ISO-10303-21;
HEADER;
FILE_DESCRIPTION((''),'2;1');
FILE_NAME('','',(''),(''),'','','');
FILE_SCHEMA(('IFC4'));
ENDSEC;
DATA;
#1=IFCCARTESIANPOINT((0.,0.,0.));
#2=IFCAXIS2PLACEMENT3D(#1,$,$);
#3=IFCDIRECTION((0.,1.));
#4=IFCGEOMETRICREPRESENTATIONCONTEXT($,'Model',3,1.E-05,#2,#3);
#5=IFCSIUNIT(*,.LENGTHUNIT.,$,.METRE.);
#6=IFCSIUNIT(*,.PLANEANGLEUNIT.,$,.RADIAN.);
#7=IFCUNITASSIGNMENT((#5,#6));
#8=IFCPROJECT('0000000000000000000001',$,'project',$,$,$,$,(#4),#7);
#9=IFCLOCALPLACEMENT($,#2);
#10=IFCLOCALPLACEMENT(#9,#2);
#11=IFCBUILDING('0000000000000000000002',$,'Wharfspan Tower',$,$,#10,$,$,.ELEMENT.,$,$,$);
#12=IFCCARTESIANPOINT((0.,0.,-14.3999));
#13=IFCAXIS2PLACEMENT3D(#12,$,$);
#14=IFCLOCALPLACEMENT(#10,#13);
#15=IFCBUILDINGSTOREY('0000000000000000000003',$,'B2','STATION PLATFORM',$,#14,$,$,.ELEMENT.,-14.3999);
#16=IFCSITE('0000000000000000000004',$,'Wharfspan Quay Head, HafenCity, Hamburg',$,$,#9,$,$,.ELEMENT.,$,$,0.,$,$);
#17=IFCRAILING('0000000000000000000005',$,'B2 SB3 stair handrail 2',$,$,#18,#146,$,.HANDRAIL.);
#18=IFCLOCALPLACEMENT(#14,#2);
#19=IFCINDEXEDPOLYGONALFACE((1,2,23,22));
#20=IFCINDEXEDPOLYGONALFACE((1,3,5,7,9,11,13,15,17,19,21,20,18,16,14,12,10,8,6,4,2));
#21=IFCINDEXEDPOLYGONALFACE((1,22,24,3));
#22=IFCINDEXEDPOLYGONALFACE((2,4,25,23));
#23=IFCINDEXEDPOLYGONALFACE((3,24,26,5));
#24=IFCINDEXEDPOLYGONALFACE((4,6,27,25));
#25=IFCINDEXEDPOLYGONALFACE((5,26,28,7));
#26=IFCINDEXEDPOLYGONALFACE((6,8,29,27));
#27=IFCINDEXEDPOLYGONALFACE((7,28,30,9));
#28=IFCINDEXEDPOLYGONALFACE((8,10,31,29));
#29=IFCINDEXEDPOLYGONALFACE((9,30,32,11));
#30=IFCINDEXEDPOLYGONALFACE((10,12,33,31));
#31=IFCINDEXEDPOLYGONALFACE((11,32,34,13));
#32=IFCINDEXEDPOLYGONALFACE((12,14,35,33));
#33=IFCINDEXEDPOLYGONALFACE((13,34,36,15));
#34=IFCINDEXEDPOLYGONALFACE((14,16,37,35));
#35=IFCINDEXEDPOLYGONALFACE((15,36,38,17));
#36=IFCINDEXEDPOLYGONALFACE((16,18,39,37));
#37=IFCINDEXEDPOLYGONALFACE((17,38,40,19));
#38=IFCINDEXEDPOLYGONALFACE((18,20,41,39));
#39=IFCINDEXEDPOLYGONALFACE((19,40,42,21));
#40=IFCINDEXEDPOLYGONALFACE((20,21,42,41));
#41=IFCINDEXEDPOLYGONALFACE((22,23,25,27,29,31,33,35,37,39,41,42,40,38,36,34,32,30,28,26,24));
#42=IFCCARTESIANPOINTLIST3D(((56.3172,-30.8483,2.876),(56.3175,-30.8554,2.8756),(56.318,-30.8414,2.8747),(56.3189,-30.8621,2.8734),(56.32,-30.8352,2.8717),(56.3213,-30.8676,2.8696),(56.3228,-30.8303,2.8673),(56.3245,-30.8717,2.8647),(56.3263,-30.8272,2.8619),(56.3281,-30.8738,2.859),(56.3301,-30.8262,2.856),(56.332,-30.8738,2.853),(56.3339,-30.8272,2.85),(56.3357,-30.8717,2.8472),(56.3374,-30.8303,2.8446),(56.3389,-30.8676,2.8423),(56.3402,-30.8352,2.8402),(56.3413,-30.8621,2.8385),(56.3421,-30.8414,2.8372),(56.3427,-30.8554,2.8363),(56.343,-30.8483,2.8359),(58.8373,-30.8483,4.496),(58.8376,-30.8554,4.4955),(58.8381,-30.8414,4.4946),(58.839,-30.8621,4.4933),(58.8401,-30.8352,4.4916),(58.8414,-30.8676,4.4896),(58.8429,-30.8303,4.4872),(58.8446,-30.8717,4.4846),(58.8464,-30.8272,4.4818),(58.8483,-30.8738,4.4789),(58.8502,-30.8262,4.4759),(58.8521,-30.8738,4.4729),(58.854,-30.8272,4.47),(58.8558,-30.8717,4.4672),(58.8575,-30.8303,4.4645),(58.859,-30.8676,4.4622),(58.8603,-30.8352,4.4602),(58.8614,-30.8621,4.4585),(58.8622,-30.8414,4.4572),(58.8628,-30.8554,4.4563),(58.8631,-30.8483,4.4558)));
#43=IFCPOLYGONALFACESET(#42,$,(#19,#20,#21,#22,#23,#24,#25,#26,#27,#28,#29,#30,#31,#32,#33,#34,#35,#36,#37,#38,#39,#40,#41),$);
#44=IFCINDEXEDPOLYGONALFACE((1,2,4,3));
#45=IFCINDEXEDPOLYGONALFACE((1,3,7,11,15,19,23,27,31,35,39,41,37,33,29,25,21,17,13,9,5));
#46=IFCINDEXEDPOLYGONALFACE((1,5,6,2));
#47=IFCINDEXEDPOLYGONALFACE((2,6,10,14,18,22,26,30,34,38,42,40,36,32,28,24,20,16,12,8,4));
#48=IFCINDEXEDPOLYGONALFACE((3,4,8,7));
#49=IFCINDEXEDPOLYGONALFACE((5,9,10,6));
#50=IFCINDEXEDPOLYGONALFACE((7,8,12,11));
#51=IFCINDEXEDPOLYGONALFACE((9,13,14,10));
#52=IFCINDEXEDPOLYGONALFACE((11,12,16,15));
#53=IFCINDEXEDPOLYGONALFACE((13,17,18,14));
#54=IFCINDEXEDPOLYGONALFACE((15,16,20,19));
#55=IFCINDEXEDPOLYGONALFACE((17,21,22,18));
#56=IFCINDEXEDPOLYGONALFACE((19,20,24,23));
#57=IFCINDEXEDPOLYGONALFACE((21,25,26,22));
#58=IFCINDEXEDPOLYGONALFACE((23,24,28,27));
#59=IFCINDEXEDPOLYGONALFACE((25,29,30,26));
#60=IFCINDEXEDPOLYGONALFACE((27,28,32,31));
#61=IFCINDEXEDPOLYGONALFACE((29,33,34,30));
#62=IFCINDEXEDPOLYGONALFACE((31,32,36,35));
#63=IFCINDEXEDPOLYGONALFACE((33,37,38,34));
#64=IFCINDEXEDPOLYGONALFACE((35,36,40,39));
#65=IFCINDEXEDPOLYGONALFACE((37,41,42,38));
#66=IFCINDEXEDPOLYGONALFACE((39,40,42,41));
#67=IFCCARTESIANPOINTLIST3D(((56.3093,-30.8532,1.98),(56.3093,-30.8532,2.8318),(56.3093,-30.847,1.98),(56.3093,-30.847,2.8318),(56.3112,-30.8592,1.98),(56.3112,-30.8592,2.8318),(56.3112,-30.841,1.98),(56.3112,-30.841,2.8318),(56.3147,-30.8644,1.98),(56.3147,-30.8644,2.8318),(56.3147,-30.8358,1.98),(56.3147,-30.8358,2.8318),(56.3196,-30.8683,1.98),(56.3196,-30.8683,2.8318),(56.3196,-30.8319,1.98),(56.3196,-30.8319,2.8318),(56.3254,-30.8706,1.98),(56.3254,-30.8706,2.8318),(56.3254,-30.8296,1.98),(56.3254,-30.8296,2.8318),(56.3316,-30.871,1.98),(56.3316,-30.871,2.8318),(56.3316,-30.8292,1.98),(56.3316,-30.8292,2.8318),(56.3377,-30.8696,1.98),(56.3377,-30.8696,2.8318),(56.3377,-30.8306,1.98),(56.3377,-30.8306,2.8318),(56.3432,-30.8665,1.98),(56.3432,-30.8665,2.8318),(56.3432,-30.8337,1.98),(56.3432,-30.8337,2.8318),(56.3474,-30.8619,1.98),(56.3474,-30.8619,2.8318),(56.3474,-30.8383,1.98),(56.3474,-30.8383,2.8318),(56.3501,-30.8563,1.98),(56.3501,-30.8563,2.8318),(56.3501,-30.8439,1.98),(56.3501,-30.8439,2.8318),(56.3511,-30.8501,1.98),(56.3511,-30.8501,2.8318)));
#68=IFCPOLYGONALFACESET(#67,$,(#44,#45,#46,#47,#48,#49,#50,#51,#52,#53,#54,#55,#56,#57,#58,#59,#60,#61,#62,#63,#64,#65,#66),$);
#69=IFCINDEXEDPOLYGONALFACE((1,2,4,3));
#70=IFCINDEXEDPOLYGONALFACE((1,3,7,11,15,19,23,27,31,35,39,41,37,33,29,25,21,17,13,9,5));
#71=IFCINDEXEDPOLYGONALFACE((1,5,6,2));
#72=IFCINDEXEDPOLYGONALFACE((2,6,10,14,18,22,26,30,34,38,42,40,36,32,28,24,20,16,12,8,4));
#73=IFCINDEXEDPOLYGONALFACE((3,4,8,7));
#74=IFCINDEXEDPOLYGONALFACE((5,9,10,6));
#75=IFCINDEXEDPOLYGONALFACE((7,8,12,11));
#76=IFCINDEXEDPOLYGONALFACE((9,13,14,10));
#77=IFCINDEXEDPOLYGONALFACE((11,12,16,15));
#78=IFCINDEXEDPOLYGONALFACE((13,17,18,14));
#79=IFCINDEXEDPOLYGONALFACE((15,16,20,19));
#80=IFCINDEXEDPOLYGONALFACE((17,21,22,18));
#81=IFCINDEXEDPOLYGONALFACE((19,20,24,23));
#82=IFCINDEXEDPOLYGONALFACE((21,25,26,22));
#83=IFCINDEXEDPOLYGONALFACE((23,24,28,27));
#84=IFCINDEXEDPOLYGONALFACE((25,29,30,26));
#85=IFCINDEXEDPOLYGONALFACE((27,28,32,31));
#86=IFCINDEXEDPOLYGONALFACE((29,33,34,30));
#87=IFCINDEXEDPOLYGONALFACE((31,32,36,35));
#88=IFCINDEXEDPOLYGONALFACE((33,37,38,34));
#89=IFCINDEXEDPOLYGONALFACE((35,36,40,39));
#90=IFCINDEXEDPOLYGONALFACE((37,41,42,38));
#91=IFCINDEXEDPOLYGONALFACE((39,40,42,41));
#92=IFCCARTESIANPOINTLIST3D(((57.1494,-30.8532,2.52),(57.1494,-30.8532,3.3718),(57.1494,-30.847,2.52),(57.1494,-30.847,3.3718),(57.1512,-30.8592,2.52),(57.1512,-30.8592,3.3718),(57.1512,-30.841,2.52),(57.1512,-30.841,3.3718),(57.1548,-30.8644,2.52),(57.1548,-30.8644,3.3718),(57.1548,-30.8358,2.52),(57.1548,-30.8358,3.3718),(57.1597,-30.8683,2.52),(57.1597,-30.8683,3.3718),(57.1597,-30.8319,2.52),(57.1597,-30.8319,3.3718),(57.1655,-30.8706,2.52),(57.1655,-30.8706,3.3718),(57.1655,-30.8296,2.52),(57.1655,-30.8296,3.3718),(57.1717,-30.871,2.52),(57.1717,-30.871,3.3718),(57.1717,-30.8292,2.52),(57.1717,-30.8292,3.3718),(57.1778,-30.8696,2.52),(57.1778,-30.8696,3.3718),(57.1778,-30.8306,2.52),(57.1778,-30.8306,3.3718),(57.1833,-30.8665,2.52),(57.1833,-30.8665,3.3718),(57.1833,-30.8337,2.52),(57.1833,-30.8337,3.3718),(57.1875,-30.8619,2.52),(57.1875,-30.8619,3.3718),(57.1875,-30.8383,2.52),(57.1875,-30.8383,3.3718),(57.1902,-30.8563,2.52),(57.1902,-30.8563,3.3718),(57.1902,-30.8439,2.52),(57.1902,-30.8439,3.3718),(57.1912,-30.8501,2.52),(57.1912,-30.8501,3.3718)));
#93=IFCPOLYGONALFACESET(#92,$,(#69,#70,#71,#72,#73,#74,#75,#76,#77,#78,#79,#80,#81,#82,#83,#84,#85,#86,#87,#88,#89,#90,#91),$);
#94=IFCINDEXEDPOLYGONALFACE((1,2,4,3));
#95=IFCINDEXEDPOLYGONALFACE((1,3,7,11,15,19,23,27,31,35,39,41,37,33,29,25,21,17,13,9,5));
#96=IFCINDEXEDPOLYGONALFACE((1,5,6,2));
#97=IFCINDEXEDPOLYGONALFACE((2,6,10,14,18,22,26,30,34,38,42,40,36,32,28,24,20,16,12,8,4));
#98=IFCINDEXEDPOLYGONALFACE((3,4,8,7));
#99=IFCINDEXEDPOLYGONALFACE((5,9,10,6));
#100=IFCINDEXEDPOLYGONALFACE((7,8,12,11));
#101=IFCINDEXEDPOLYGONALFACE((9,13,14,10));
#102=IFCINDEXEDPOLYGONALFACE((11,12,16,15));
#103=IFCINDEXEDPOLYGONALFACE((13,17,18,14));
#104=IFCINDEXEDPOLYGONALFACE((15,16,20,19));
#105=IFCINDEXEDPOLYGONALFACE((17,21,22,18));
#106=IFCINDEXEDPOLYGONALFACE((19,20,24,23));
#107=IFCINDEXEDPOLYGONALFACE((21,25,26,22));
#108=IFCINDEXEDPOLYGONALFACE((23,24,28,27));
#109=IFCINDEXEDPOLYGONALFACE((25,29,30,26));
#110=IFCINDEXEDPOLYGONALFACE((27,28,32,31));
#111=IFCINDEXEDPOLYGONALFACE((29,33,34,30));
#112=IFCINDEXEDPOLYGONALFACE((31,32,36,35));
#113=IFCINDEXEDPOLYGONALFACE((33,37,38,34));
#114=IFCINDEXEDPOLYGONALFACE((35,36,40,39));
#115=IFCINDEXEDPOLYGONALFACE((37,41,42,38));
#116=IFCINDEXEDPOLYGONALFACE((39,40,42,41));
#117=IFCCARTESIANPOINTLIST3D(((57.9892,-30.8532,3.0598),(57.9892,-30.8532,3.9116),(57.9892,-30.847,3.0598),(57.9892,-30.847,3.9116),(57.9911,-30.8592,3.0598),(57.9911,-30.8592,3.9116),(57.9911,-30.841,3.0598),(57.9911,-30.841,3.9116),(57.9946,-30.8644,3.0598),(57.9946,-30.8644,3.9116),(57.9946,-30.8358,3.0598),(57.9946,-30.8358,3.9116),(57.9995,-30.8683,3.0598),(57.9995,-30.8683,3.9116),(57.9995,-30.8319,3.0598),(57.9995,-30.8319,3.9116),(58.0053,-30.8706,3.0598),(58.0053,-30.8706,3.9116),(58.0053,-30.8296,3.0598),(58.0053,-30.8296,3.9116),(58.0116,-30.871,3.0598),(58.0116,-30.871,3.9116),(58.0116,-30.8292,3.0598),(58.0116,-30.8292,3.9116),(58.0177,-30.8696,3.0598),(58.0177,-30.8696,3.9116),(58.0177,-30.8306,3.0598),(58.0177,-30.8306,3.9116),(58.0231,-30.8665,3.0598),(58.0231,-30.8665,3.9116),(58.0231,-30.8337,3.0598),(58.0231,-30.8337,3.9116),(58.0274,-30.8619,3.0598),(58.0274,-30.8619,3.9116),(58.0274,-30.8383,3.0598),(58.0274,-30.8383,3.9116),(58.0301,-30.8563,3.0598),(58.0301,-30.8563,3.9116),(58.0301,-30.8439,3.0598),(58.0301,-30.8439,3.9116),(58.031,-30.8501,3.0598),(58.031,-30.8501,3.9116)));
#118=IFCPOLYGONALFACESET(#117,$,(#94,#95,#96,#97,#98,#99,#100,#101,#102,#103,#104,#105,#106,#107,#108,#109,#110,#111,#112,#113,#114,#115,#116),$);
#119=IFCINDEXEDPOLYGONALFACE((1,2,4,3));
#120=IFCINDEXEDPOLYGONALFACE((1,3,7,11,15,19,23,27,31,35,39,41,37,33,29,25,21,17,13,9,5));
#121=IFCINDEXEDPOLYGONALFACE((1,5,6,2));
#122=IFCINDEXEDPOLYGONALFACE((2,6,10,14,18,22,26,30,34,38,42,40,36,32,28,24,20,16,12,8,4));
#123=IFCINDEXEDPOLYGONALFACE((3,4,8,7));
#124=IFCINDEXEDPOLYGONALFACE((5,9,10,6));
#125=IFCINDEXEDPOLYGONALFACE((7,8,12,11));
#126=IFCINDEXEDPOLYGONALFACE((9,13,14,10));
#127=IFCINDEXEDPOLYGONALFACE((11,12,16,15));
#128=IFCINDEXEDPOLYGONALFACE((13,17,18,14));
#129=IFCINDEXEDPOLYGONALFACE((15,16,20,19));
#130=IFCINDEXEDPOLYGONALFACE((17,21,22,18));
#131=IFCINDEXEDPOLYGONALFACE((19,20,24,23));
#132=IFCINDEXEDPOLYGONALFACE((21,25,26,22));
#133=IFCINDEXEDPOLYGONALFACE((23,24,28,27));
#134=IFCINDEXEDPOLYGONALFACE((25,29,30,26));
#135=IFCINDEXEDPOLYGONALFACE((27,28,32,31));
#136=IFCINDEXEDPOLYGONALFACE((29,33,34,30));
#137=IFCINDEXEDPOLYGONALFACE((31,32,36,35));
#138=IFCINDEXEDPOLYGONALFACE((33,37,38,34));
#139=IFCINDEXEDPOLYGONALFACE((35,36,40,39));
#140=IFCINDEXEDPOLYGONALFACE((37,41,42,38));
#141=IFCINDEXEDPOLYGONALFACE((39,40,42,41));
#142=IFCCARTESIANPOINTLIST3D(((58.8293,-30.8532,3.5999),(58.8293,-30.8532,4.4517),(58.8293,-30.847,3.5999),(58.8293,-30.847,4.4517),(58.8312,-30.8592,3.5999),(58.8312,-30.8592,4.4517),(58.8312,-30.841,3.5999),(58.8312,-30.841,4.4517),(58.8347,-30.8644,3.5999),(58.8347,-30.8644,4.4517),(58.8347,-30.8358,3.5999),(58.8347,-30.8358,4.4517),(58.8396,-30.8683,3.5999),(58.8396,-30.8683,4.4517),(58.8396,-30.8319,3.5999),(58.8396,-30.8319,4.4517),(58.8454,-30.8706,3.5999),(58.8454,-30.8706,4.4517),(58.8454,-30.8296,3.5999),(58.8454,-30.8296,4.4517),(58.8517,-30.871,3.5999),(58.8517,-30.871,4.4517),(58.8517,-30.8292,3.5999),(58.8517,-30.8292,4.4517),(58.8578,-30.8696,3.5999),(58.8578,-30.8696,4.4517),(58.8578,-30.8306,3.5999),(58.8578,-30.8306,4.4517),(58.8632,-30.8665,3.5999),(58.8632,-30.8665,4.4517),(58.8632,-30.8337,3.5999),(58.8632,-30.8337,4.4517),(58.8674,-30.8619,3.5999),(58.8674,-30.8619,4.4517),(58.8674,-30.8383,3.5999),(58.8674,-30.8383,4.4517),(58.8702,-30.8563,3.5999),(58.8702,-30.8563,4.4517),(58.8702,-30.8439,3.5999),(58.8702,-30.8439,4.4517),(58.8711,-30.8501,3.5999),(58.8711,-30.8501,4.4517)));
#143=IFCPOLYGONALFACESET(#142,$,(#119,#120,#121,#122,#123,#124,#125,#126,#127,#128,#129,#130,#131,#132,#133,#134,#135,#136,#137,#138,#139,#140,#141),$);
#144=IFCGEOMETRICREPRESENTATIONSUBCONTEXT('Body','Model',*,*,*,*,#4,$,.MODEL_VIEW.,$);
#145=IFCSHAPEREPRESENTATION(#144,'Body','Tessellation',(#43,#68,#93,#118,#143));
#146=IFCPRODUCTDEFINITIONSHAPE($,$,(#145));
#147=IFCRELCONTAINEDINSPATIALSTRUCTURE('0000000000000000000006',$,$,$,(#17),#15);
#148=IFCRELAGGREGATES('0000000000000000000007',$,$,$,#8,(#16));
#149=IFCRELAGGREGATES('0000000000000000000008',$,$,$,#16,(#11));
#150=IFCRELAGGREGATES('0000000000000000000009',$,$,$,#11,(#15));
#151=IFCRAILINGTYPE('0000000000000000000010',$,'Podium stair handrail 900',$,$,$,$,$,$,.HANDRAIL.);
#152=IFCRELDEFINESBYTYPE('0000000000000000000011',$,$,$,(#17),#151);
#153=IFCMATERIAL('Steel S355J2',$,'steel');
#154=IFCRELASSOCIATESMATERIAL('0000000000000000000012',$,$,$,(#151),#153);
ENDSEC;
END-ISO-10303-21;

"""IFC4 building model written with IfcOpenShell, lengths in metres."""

from ifc_helpers import new_model, si_unit, direction, frame, origin, origin_2d, place, context, subcontext, project, spatial, circle, extrude, material, type_object, element, save


model = new_model("IFC4")

# Units and contexts
model_context = context("Model", 3, precision=1e-05, world=origin(), true_north=direction((0.0, 1.0)))
body_context = subcontext(model_context, "Body", "Model", "MODEL_VIEW")
ifc_project = project(units=[si_unit("LENGTHUNIT", "METRE"), si_unit("PLANEANGLEUNIT", "RADIAN")], contexts=[model_context])

# Site, building, storey
site_placement = place(None, origin())
site = spatial("IfcSite", under=ifc_project, at=site_placement, Name="Wharfspan Quay Head, HafenCity, Hamburg", CompositionType="ELEMENT", RefElevation=0.0)
building_placement = place(site_placement, origin())
building = spatial("IfcBuilding", under=site, at=building_placement, Name="Wharfspan Tower", CompositionType="ELEMENT")
storey_placement = place(building_placement, frame((0.0, 0.0, -14.3999)))
storey = spatial("IfcBuildingStorey", under=building, at=storey_placement, Name="B2", Description="STATION PLATFORM", CompositionType="ELEMENT", Elevation=-14.3999)

# Railing
ifc_material_1 = material(Name="Steel S355J2", Category="steel")
railing_type_1 = type_object("IfcRailingType", Name="Podium stair handrail 900", PredefinedType="HANDRAIL", material=ifc_material_1)
railing_1_placement = place(storey_placement, frame((56.3301, -30.8501, 1.98)))
element("IfcRailing", 1, at=railing_1_placement, inside=storey, type_object=railing_type_1, Name="B2 SB3 stair handrail 2", PredefinedType="HANDRAIL", context=body_context, shape_type="SweptSolid", body=[
    extrude(circle(Radius=0.0239, at=origin_2d()), frame((0.0, 0.0, 0.876), z_axis=(0.8412, 0.0, 0.540725), x_axis=(0.0, 1.0, 0.0)), (0.0, 0.0, 1.0), 2.9958),
    extrude(circle(Radius=0.021, at=origin_2d()), origin(), (0.0, 0.0, 1.0), 0.8518),
    extrude(circle(Radius=0.021, at=origin_2d()), frame((0.8401, 0.0, 0.54)), (0.0, 0.0, 1.0), 0.8518),
    extrude(circle(Radius=0.021, at=origin_2d()), frame((1.6799, 0.0, 1.0798)), (0.0, 0.0, 1.0), 0.8518),
    extrude(circle(Radius=0.021, at=origin_2d()), frame((2.52, 0.0, 1.6199)), (0.0, 0.0, 1.0), 0.8518),
])

save(model, "model.ifc")
